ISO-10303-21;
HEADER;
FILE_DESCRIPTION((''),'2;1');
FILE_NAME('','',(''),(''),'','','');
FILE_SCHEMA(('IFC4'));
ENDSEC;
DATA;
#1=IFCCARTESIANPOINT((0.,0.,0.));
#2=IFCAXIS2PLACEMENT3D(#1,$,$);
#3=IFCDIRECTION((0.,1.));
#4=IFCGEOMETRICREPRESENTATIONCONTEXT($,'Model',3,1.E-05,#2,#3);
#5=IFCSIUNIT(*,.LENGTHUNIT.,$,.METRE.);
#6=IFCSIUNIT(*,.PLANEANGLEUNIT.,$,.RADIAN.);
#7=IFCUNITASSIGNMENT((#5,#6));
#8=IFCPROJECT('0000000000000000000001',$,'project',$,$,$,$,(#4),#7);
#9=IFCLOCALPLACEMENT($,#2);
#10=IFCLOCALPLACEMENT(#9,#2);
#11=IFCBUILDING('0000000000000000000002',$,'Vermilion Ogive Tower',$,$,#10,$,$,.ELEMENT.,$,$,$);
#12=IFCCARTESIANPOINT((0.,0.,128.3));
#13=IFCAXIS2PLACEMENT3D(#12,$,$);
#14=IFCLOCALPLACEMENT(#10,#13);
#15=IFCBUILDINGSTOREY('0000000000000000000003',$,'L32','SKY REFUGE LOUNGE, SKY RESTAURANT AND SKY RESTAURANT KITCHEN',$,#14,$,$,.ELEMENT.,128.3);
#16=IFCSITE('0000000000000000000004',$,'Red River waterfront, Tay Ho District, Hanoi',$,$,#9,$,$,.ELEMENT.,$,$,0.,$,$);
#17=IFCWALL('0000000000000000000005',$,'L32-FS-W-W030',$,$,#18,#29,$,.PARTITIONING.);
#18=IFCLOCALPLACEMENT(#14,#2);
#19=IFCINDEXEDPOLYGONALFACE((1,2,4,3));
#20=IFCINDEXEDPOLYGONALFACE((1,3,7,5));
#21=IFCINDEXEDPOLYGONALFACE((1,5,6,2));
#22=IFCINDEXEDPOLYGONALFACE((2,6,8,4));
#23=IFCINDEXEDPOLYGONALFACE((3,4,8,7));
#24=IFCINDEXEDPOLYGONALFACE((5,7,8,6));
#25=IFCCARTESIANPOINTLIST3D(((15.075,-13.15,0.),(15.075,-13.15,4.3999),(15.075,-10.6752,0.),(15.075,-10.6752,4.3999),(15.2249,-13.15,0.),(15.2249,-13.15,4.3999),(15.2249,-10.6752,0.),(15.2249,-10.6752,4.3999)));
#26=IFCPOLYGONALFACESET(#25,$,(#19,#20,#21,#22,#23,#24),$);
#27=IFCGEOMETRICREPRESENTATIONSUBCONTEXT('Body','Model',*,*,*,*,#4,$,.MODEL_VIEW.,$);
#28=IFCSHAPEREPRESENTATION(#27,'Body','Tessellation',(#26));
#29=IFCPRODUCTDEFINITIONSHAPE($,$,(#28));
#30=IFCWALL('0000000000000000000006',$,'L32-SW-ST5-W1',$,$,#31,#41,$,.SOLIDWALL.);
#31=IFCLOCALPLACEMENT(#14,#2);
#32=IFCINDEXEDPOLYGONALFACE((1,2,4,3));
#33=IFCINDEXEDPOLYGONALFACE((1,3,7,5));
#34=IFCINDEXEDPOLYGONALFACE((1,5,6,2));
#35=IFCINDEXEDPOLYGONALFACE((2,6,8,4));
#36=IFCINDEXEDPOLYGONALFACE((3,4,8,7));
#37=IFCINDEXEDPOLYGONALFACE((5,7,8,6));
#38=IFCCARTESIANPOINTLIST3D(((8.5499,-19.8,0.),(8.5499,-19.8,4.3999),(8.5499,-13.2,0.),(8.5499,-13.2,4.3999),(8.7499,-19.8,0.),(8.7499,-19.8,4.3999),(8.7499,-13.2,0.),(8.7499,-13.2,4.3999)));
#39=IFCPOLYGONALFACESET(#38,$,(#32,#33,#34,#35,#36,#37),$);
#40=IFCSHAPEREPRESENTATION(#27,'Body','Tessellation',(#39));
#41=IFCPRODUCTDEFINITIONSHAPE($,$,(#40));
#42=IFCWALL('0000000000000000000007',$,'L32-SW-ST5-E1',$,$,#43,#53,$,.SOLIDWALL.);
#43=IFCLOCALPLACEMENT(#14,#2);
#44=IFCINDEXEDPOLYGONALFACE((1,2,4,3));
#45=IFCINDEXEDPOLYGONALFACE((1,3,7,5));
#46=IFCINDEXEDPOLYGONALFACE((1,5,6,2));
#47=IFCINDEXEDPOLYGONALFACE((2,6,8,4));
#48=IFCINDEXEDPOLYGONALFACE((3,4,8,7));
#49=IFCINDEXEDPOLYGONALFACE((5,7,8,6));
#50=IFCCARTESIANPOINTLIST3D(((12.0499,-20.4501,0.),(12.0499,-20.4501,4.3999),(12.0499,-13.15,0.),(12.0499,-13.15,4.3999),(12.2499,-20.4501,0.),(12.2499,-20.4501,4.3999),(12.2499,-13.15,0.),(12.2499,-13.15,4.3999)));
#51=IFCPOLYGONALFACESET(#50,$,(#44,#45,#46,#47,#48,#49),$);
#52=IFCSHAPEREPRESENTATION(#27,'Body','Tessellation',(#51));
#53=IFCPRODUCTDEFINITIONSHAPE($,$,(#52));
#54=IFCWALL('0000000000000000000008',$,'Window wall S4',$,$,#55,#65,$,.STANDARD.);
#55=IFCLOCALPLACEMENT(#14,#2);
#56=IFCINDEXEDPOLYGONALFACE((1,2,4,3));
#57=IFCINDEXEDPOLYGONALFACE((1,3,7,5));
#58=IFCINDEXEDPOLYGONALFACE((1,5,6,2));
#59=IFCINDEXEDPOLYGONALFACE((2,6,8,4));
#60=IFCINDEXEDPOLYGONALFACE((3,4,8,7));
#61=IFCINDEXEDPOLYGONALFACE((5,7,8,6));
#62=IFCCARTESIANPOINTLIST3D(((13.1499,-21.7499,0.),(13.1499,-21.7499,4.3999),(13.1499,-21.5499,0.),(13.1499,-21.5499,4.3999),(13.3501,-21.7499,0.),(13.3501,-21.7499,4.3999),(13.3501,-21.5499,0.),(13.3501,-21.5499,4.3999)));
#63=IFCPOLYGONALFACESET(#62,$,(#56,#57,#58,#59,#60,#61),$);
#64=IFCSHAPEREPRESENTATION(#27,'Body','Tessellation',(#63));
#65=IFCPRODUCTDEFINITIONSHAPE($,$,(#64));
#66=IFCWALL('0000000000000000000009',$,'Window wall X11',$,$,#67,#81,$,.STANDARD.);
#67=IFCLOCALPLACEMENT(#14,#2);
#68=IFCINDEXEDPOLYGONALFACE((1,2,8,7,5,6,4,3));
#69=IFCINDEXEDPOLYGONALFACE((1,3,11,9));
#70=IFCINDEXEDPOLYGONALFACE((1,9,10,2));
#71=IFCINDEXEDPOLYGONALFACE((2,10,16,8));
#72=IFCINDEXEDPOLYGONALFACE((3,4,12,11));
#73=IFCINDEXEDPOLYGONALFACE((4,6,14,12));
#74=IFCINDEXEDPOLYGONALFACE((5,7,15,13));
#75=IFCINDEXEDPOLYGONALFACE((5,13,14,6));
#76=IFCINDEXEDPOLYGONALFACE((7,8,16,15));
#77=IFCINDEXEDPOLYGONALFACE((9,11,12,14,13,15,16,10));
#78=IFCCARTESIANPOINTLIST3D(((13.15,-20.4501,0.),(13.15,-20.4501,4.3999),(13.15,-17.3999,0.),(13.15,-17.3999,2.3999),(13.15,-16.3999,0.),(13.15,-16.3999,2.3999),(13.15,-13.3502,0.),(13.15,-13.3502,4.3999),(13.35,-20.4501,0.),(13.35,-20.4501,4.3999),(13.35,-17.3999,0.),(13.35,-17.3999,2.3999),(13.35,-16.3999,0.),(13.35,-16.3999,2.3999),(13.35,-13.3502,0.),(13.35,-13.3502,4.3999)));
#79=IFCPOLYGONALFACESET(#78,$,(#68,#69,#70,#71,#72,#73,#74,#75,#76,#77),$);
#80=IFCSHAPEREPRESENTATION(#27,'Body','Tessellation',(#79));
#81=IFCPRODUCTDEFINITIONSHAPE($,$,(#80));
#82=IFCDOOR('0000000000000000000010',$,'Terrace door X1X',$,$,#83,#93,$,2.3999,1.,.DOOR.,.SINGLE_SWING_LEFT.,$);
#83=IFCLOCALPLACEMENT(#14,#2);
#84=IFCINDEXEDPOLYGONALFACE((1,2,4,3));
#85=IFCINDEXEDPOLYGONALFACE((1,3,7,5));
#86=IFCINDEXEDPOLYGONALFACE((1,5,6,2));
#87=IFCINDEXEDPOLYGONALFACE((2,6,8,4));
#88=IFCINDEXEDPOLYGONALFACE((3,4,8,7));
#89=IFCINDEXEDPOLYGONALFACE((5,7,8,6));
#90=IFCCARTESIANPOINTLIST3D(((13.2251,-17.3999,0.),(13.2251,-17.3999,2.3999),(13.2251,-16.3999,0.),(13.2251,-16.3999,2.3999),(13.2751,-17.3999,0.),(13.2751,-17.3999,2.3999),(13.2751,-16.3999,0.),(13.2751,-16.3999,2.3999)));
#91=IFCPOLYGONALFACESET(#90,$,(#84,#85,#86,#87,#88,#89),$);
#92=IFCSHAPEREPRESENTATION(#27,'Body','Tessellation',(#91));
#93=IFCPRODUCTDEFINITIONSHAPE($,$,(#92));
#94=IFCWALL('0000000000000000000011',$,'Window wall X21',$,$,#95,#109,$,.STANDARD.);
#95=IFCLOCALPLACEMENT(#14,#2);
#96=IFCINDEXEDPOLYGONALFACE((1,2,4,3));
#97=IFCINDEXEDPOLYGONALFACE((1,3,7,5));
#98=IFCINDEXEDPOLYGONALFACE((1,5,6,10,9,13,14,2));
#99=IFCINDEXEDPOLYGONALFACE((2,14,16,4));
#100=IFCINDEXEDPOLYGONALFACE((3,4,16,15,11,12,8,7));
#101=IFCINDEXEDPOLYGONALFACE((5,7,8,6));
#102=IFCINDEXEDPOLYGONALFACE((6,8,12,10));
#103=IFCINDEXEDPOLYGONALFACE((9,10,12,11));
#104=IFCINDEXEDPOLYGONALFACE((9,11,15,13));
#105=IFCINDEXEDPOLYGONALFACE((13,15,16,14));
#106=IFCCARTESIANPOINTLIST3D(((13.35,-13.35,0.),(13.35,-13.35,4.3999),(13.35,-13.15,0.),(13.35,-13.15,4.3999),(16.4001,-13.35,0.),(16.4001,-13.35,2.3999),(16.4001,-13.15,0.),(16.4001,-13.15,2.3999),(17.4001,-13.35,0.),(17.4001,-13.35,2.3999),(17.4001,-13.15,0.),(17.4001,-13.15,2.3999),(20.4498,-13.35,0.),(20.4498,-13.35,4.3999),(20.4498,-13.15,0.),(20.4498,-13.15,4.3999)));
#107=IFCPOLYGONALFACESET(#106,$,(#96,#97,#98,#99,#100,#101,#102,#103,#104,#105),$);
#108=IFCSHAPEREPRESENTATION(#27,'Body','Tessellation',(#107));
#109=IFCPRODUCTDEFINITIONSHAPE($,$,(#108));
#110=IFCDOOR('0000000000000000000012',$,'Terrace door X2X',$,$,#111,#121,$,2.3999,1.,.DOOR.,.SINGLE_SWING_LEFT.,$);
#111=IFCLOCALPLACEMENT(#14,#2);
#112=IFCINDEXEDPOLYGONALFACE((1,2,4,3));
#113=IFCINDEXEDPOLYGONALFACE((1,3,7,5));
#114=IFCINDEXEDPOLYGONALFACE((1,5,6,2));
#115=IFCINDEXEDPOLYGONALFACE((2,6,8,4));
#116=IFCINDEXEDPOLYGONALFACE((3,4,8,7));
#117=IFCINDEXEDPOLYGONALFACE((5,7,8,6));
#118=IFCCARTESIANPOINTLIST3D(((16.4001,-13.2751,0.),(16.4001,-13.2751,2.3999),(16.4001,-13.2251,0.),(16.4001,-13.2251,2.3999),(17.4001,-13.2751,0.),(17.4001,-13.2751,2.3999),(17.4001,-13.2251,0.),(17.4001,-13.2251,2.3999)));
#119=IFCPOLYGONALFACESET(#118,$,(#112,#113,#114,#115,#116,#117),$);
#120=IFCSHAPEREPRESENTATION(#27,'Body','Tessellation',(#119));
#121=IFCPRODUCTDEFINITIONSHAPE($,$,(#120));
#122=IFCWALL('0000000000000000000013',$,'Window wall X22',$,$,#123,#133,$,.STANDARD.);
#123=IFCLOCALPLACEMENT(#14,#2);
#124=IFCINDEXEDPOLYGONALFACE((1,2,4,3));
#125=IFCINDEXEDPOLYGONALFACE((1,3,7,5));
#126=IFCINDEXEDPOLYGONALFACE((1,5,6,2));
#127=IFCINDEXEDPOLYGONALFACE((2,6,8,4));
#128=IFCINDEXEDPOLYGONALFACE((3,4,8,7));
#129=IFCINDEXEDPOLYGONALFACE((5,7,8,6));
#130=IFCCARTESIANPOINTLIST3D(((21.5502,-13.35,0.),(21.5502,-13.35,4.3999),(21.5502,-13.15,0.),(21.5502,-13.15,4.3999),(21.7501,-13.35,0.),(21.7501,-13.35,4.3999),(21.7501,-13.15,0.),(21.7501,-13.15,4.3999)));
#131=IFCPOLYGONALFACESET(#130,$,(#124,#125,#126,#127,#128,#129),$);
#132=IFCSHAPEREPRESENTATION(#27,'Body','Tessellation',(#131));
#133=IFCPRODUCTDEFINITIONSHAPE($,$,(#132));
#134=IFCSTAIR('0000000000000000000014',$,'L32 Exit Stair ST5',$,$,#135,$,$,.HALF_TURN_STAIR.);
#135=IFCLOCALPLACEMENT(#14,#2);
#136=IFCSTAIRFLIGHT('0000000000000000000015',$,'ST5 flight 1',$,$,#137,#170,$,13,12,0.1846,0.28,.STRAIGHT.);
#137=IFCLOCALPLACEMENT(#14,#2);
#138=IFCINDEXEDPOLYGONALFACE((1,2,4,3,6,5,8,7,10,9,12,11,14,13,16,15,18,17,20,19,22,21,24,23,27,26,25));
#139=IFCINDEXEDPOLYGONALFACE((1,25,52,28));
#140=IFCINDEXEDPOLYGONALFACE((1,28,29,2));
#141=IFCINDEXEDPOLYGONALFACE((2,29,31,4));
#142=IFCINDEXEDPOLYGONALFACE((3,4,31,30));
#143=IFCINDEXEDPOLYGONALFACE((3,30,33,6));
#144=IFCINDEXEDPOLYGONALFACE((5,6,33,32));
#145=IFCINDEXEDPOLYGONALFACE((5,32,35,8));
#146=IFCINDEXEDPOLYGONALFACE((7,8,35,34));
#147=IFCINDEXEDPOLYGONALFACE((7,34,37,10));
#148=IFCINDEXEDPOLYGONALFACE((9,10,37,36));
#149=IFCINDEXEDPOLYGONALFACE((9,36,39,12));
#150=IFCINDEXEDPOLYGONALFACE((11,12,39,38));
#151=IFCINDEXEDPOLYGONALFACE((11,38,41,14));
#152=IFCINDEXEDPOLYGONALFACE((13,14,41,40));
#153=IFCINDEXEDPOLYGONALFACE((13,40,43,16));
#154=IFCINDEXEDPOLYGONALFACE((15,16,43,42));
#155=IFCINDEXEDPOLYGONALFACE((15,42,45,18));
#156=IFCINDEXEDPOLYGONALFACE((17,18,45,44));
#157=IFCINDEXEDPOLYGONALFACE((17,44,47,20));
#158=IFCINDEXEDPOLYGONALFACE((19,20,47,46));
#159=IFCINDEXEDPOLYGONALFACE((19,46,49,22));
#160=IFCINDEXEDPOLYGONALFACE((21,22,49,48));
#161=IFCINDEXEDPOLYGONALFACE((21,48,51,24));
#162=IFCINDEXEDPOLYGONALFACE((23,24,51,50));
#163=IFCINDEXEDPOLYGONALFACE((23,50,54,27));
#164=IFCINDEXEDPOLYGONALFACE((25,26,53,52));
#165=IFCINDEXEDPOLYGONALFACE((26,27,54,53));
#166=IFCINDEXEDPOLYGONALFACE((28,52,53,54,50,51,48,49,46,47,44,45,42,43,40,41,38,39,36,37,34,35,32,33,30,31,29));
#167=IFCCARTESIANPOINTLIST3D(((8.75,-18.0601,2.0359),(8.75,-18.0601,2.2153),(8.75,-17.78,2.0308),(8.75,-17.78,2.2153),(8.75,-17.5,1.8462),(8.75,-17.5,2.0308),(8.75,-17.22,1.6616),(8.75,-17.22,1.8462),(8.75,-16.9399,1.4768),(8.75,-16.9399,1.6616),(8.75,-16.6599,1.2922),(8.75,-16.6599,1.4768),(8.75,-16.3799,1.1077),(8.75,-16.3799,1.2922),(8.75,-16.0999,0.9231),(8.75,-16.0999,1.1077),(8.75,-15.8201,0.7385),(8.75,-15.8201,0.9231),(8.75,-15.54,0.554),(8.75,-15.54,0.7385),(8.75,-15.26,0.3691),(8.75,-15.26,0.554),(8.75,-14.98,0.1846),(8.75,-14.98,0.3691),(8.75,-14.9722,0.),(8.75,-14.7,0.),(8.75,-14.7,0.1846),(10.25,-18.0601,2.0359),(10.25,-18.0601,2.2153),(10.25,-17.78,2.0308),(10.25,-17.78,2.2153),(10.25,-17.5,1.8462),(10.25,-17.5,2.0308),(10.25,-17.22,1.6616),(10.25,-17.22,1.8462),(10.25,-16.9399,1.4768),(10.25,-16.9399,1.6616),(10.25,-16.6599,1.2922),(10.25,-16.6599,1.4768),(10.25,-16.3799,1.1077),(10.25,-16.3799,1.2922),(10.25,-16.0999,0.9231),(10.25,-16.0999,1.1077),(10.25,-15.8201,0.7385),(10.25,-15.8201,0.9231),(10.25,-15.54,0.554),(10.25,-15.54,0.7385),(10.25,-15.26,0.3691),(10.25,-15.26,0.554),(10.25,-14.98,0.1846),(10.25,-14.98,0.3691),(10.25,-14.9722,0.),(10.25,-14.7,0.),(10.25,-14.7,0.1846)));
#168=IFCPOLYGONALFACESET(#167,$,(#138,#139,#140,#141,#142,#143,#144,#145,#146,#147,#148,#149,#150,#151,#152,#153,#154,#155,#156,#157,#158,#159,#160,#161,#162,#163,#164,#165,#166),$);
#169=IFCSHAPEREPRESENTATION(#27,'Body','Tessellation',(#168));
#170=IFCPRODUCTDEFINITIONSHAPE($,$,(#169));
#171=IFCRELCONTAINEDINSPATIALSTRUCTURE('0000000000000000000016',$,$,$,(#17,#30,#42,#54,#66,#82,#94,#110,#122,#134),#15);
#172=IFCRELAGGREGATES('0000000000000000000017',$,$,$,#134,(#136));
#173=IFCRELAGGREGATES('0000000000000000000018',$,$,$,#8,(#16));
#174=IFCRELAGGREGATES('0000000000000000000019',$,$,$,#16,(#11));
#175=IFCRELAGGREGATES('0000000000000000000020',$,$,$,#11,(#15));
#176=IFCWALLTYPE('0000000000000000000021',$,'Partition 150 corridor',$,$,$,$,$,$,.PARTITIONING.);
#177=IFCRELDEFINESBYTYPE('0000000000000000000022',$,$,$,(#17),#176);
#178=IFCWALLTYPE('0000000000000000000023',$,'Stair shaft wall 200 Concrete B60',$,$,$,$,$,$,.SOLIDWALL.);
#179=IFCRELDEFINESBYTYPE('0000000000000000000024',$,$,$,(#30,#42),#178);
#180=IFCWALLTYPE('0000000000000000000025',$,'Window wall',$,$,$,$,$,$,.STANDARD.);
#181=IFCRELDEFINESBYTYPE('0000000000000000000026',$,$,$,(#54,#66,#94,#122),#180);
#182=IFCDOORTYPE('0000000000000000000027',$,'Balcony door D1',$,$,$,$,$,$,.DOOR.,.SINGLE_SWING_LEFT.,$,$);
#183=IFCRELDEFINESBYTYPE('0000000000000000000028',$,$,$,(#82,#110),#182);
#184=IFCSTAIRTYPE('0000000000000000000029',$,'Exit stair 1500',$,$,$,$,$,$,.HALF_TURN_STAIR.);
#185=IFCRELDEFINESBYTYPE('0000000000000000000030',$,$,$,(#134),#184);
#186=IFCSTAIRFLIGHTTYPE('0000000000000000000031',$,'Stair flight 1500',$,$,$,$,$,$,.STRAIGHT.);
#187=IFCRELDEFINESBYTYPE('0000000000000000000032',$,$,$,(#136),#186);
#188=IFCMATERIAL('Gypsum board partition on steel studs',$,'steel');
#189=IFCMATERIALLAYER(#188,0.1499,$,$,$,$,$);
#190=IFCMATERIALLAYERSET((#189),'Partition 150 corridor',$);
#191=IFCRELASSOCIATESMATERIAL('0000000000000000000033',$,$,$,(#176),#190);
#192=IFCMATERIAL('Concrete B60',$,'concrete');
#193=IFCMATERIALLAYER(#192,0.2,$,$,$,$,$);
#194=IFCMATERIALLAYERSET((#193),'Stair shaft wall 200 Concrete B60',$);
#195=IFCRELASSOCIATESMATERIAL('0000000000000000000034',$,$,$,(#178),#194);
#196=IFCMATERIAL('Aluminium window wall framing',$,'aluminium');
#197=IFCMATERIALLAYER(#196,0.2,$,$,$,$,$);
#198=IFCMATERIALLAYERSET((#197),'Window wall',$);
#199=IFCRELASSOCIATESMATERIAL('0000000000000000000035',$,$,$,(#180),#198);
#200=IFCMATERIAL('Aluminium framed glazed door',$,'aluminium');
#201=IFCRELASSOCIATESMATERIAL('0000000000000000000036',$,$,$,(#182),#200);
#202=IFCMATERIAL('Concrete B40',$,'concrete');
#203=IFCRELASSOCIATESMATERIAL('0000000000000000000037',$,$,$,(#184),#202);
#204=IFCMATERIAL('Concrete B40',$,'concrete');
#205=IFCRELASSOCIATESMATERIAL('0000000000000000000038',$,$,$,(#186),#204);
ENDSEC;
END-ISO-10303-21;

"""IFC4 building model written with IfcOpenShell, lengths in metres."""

from ifc_helpers import new_model, si_unit, direction, frame, frame_2d, origin, place, context, subcontext, project, spatial, polyline, rectangle, outline, extrude, material, layer, layer_set, type_object, element, fill, aggregate, save


model = new_model("IFC4")

# Units and contexts
model_context = context("Model", 3, precision=1e-05, world=origin(), true_north=direction((0.0, 1.0)))
body_context = subcontext(model_context, "Body", "Model", "MODEL_VIEW")
ifc_project = project(units=[si_unit("LENGTHUNIT", "METRE"), si_unit("PLANEANGLEUNIT", "RADIAN")], contexts=[model_context])

# Site, building, storey
site_placement = place(None, origin())
site = spatial("IfcSite", under=ifc_project, at=site_placement, Name="Red River waterfront, Tay Ho District, Hanoi", CompositionType="ELEMENT", RefElevation=0.0)
building_placement = place(site_placement, origin())
building = spatial("IfcBuilding", under=site, at=building_placement, Name="Vermilion Ogive Tower", CompositionType="ELEMENT")
storey_placement = place(building_placement, frame((0.0, 0.0, 128.3)))
storey = spatial("IfcBuildingStorey", under=building, at=storey_placement, Name="L32", Description="SKY REFUGE LOUNGE, SKY RESTAURANT AND SKY RESTAURANT KITCHEN", CompositionType="ELEMENT", Elevation=128.3)

# Shared definitions
ifc_material_1 = material(Name="Gypsum board partition on steel studs", Category="steel")
ifc_layer_1 = layer(ifc_material_1, 0.1499)
ifc_layer_set_1 = layer_set([ifc_layer_1], Name="Partition 150 corridor")
wall_type_1 = type_object("IfcWallType", Name="Partition 150 corridor", PredefinedType="PARTITIONING", material=ifc_layer_set_1)

# Walls
wall_1_placement = place(storey_placement, frame((15.1499, -13.1499, 0.0), z_axis=(0.0, 0.0, 1.0), x_axis=(0.0, 1.0, 0.0)))
element("IfcWall", 1, at=wall_1_placement, inside=storey, type_object=wall_type_1, Name="L32-FS-W-W030", PredefinedType="PARTITIONING", context=body_context, shape_type="SweptSolid", body=[
    extrude(rectangle(XDim=2.4749, YDim=0.1499, at=frame_2d((1.2373, 0.0))), origin(), (0.0, 0.0, 1.0), 4.3999),
])
ifc_material_2 = material(Name="Concrete B60", Category="concrete")
ifc_layer_2 = layer(ifc_material_2, 0.2)
ifc_layer_set_2 = layer_set([ifc_layer_2], Name="Stair shaft wall 200 Concrete B60")
wall_type_2 = type_object("IfcWallType", Name="Stair shaft wall 200 Concrete B60", PredefinedType="SOLIDWALL", material=ifc_layer_set_2)
wall_2_placement = place(storey_placement, frame((8.6499, -19.8, 0.0), z_axis=(0.0, 0.0, 1.0), x_axis=(0.0, 1.0, 0.0)))
element("IfcWall", 2, at=wall_2_placement, inside=storey, type_object=wall_type_2, Name="L32-SW-ST5-W1", PredefinedType="SOLIDWALL", context=body_context, shape_type="SweptSolid", body=[
    extrude(rectangle(XDim=6.6001, YDim=0.2, at=frame_2d((3.3, 0.0))), origin(), (0.0, 0.0, 1.0), 4.3999),
])
wall_3_placement = place(storey_placement, frame((12.1499, -20.45, 0.0), z_axis=(0.0, 0.0, 1.0), x_axis=(0.0, 1.0, 0.0)))
element("IfcWall", 3, at=wall_3_placement, inside=storey, type_object=wall_type_2, Name="L32-SW-ST5-E1", PredefinedType="SOLIDWALL", context=body_context, shape_type="SweptSolid", body=[
    extrude(rectangle(XDim=7.3, YDim=0.2, at=frame_2d((3.6499, 0.0))), origin(), (0.0, 0.0, 1.0), 4.3999),
])
ifc_material_3 = material(Name="Aluminium window wall framing", Category="aluminium")
ifc_layer_3 = layer(ifc_material_3, 0.2)
ifc_layer_set_3 = layer_set([ifc_layer_3], Name="Window wall")
wall_type_3 = type_object("IfcWallType", Name="Window wall", PredefinedType="STANDARD", material=ifc_layer_set_3)
wall_4_placement = place(storey_placement, frame((13.1499, -21.6499, 0.0), z_axis=(0.0, 0.0, 1.0), x_axis=(1.0, 0.0, 0.0)))
element("IfcWall", 4, at=wall_4_placement, inside=storey, type_object=wall_type_3, Name="Window wall S4", PredefinedType="STANDARD", context=body_context, shape_type="SweptSolid", body=[
    extrude(rectangle(XDim=0.2002, YDim=0.2, at=frame_2d((0.1001, 0.0))), origin(), (0.0, 0.0, 1.0), 4.3999),
])

# Walls, openings, doors
wall_5_placement = place(storey_placement, frame((13.25, -20.45, 0.0), z_axis=(0.0, 0.0, 1.0), x_axis=(0.0, 1.0, 0.0)))
wall_5 = element("IfcWall", 5, at=wall_5_placement, inside=storey, type_object=wall_type_3, Name="Window wall X11", PredefinedType="STANDARD", context=body_context, shape_type="SweptSolid", body=[
    extrude(rectangle(XDim=7.0999, YDim=0.2, at=frame_2d((3.5498, 0.0))), origin(), (0.0, 0.0, 1.0), 4.3999),
])
opening_1_placement = place(wall_5_placement, frame((3.05, 0.0, 0.0)))
opening_1 = element("IfcOpeningElement", 6, at=opening_1_placement, cuts=wall_5, PredefinedType="OPENING", context=body_context, shape_type="SweptSolid", body=[
    extrude(rectangle(XDim=1.0, YDim=2.3999, at=frame_2d((0.5, 1.2))), frame((0.0, 0.1099, 0.0), z_axis=(0.0, -1.0, 0.0), x_axis=(1.0, 0.0, 0.0)), (0.0, 0.0, 1.0), 0.22),
])
ifc_material_4 = material(Name="Aluminium framed glazed door", Category="aluminium")
door_type_1 = type_object("IfcDoorType", Name="Balcony door D1", OperationType="SINGLE_SWING_LEFT", PredefinedType="DOOR", material=ifc_material_4)
door_1_placement = place(opening_1_placement, origin())
door_1 = element("IfcDoor", 7, at=door_1_placement, inside=storey, type_object=door_type_1, Name="Terrace door X1X", OperationType="SINGLE_SWING_LEFT", OverallHeight=2.3999, OverallWidth=1.0, PredefinedType="DOOR", context=body_context, shape_type="SweptSolid", body=[
    extrude(rectangle(XDim=1.0, YDim=2.3999, at=frame_2d((0.5, 1.2))), frame((0.0, 0.0249, 0.0), z_axis=(0.0, -1.0, 0.0), x_axis=(1.0, 0.0, 0.0)), (0.0, 0.0, 1.0), 0.05),
])
fill(opening_1, door_1)
wall_6_placement = place(storey_placement, frame((13.3501, -13.25, 0.0), z_axis=(0.0, 0.0, 1.0), x_axis=(1.0, 0.0, 0.0)))
wall_6 = element("IfcWall", 8, at=wall_6_placement, inside=storey, type_object=wall_type_3, Name="Window wall X21", PredefinedType="STANDARD", context=body_context, shape_type="SweptSolid", body=[
    extrude(rectangle(XDim=7.0999, YDim=0.2, at=frame_2d((3.5498, 0.0))), origin(), (0.0, 0.0, 1.0), 4.3999),
])
opening_2_placement = place(wall_6_placement, frame((3.05, 0.0, 0.0)))
opening_2 = element("IfcOpeningElement", 9, at=opening_2_placement, cuts=wall_6, PredefinedType="OPENING", context=body_context, shape_type="SweptSolid", body=[
    extrude(rectangle(XDim=1.0, YDim=2.3999, at=frame_2d((0.5, 1.2))), frame((0.0, 0.1099, 0.0), z_axis=(0.0, -1.0, 0.0), x_axis=(1.0, 0.0, 0.0)), (0.0, 0.0, 1.0), 0.22),
])
door_2_placement = place(opening_2_placement, origin())
door_2 = element("IfcDoor", 10, at=door_2_placement, inside=storey, type_object=door_type_1, Name="Terrace door X2X", OperationType="SINGLE_SWING_LEFT", OverallHeight=2.3999, OverallWidth=1.0, PredefinedType="DOOR", context=body_context, shape_type="SweptSolid", body=[
    extrude(rectangle(XDim=1.0, YDim=2.3999, at=frame_2d((0.5, 1.2))), frame((0.0, 0.0249, 0.0), z_axis=(0.0, -1.0, 0.0), x_axis=(1.0, 0.0, 0.0)), (0.0, 0.0, 1.0), 0.05),
])
fill(opening_2, door_2)

# Wall
wall_7_placement = place(storey_placement, frame((21.55, -13.25, 0.0), z_axis=(0.0, 0.0, 1.0), x_axis=(1.0, 0.0, 0.0)))
element("IfcWall", 11, at=wall_7_placement, inside=storey, type_object=wall_type_3, Name="Window wall X22", PredefinedType="STANDARD", context=body_context, shape_type="SweptSolid", body=[
    extrude(rectangle(XDim=0.2, YDim=0.2, at=frame_2d((0.1001, 0.0))), origin(), (0.0, 0.0, 1.0), 4.3999),
])

# Stair, stair flight
ifc_material_5 = material(Name="Concrete B40", Category="concrete")
stair_type = type_object("IfcStairType", Name="Exit stair 1500", PredefinedType="HALF_TURN_STAIR", material=ifc_material_5)
stair_placement = place(storey_placement, origin())
stair = element("IfcStair", 12, at=stair_placement, inside=storey, type_object=stair_type, Name="L32 Exit Stair ST5", PredefinedType="HALF_TURN_STAIR")
ifc_material_6 = material(Name="Concrete B40", Category="concrete")
stair_flight_type = type_object("IfcStairFlightType", Name="Stair flight 1500", PredefinedType="STRAIGHT", material=ifc_material_6)
stair_flight_1_placement = place(storey_placement, frame((9.5, -14.7, 0.0), z_axis=(0.0, 0.0, 1.0), x_axis=(0.0, -1.0, 0.0)))
stair_flight_1 = element("IfcStairFlight", 13, at=stair_flight_1_placement, type_object=stair_flight_type, Name="ST5 flight 1", NumberOfRisers=13, NumberOfTreads=12, PredefinedType="STRAIGHT", RiserHeight=0.1846, TreadLength=0.28, context=body_context, shape_type="SweptSolid", body=[
    extrude(outline(polyline([(0.0, 0.0), (0.0, 0.1846), (0.28, 0.1846), (0.28, 0.3691), (0.5601, 0.3691), (0.5601, 0.554), (0.8401, 0.554), (0.8401, 0.7385), (1.1201, 0.7385), (1.1201, 0.9231), (1.3999, 0.9231), (1.3999, 1.1077), (1.6799, 1.1077), (1.6799, 1.2922), (1.96, 1.2922), (1.96, 1.4768), (2.24, 1.4768), (2.24, 1.6616), (2.52, 1.6616), (2.52, 1.8462), (2.8, 1.8462), (2.8, 2.0308), (3.0801, 2.0308), (3.0801, 2.2153), (3.3601, 2.2153), (3.3601, 2.3999), (3.3601, 2.0359), (0.2722, 0.0), (0.0, 0.0)])), frame((0.0, 0.75, 0.0), z_axis=(0.0, -1.0, 0.0), x_axis=(1.0, 0.0, 0.0)), (0.0, 0.0, 1.0), 1.5),
])
aggregate(stair, [stair_flight_1])

save(model, "model.ifc")
